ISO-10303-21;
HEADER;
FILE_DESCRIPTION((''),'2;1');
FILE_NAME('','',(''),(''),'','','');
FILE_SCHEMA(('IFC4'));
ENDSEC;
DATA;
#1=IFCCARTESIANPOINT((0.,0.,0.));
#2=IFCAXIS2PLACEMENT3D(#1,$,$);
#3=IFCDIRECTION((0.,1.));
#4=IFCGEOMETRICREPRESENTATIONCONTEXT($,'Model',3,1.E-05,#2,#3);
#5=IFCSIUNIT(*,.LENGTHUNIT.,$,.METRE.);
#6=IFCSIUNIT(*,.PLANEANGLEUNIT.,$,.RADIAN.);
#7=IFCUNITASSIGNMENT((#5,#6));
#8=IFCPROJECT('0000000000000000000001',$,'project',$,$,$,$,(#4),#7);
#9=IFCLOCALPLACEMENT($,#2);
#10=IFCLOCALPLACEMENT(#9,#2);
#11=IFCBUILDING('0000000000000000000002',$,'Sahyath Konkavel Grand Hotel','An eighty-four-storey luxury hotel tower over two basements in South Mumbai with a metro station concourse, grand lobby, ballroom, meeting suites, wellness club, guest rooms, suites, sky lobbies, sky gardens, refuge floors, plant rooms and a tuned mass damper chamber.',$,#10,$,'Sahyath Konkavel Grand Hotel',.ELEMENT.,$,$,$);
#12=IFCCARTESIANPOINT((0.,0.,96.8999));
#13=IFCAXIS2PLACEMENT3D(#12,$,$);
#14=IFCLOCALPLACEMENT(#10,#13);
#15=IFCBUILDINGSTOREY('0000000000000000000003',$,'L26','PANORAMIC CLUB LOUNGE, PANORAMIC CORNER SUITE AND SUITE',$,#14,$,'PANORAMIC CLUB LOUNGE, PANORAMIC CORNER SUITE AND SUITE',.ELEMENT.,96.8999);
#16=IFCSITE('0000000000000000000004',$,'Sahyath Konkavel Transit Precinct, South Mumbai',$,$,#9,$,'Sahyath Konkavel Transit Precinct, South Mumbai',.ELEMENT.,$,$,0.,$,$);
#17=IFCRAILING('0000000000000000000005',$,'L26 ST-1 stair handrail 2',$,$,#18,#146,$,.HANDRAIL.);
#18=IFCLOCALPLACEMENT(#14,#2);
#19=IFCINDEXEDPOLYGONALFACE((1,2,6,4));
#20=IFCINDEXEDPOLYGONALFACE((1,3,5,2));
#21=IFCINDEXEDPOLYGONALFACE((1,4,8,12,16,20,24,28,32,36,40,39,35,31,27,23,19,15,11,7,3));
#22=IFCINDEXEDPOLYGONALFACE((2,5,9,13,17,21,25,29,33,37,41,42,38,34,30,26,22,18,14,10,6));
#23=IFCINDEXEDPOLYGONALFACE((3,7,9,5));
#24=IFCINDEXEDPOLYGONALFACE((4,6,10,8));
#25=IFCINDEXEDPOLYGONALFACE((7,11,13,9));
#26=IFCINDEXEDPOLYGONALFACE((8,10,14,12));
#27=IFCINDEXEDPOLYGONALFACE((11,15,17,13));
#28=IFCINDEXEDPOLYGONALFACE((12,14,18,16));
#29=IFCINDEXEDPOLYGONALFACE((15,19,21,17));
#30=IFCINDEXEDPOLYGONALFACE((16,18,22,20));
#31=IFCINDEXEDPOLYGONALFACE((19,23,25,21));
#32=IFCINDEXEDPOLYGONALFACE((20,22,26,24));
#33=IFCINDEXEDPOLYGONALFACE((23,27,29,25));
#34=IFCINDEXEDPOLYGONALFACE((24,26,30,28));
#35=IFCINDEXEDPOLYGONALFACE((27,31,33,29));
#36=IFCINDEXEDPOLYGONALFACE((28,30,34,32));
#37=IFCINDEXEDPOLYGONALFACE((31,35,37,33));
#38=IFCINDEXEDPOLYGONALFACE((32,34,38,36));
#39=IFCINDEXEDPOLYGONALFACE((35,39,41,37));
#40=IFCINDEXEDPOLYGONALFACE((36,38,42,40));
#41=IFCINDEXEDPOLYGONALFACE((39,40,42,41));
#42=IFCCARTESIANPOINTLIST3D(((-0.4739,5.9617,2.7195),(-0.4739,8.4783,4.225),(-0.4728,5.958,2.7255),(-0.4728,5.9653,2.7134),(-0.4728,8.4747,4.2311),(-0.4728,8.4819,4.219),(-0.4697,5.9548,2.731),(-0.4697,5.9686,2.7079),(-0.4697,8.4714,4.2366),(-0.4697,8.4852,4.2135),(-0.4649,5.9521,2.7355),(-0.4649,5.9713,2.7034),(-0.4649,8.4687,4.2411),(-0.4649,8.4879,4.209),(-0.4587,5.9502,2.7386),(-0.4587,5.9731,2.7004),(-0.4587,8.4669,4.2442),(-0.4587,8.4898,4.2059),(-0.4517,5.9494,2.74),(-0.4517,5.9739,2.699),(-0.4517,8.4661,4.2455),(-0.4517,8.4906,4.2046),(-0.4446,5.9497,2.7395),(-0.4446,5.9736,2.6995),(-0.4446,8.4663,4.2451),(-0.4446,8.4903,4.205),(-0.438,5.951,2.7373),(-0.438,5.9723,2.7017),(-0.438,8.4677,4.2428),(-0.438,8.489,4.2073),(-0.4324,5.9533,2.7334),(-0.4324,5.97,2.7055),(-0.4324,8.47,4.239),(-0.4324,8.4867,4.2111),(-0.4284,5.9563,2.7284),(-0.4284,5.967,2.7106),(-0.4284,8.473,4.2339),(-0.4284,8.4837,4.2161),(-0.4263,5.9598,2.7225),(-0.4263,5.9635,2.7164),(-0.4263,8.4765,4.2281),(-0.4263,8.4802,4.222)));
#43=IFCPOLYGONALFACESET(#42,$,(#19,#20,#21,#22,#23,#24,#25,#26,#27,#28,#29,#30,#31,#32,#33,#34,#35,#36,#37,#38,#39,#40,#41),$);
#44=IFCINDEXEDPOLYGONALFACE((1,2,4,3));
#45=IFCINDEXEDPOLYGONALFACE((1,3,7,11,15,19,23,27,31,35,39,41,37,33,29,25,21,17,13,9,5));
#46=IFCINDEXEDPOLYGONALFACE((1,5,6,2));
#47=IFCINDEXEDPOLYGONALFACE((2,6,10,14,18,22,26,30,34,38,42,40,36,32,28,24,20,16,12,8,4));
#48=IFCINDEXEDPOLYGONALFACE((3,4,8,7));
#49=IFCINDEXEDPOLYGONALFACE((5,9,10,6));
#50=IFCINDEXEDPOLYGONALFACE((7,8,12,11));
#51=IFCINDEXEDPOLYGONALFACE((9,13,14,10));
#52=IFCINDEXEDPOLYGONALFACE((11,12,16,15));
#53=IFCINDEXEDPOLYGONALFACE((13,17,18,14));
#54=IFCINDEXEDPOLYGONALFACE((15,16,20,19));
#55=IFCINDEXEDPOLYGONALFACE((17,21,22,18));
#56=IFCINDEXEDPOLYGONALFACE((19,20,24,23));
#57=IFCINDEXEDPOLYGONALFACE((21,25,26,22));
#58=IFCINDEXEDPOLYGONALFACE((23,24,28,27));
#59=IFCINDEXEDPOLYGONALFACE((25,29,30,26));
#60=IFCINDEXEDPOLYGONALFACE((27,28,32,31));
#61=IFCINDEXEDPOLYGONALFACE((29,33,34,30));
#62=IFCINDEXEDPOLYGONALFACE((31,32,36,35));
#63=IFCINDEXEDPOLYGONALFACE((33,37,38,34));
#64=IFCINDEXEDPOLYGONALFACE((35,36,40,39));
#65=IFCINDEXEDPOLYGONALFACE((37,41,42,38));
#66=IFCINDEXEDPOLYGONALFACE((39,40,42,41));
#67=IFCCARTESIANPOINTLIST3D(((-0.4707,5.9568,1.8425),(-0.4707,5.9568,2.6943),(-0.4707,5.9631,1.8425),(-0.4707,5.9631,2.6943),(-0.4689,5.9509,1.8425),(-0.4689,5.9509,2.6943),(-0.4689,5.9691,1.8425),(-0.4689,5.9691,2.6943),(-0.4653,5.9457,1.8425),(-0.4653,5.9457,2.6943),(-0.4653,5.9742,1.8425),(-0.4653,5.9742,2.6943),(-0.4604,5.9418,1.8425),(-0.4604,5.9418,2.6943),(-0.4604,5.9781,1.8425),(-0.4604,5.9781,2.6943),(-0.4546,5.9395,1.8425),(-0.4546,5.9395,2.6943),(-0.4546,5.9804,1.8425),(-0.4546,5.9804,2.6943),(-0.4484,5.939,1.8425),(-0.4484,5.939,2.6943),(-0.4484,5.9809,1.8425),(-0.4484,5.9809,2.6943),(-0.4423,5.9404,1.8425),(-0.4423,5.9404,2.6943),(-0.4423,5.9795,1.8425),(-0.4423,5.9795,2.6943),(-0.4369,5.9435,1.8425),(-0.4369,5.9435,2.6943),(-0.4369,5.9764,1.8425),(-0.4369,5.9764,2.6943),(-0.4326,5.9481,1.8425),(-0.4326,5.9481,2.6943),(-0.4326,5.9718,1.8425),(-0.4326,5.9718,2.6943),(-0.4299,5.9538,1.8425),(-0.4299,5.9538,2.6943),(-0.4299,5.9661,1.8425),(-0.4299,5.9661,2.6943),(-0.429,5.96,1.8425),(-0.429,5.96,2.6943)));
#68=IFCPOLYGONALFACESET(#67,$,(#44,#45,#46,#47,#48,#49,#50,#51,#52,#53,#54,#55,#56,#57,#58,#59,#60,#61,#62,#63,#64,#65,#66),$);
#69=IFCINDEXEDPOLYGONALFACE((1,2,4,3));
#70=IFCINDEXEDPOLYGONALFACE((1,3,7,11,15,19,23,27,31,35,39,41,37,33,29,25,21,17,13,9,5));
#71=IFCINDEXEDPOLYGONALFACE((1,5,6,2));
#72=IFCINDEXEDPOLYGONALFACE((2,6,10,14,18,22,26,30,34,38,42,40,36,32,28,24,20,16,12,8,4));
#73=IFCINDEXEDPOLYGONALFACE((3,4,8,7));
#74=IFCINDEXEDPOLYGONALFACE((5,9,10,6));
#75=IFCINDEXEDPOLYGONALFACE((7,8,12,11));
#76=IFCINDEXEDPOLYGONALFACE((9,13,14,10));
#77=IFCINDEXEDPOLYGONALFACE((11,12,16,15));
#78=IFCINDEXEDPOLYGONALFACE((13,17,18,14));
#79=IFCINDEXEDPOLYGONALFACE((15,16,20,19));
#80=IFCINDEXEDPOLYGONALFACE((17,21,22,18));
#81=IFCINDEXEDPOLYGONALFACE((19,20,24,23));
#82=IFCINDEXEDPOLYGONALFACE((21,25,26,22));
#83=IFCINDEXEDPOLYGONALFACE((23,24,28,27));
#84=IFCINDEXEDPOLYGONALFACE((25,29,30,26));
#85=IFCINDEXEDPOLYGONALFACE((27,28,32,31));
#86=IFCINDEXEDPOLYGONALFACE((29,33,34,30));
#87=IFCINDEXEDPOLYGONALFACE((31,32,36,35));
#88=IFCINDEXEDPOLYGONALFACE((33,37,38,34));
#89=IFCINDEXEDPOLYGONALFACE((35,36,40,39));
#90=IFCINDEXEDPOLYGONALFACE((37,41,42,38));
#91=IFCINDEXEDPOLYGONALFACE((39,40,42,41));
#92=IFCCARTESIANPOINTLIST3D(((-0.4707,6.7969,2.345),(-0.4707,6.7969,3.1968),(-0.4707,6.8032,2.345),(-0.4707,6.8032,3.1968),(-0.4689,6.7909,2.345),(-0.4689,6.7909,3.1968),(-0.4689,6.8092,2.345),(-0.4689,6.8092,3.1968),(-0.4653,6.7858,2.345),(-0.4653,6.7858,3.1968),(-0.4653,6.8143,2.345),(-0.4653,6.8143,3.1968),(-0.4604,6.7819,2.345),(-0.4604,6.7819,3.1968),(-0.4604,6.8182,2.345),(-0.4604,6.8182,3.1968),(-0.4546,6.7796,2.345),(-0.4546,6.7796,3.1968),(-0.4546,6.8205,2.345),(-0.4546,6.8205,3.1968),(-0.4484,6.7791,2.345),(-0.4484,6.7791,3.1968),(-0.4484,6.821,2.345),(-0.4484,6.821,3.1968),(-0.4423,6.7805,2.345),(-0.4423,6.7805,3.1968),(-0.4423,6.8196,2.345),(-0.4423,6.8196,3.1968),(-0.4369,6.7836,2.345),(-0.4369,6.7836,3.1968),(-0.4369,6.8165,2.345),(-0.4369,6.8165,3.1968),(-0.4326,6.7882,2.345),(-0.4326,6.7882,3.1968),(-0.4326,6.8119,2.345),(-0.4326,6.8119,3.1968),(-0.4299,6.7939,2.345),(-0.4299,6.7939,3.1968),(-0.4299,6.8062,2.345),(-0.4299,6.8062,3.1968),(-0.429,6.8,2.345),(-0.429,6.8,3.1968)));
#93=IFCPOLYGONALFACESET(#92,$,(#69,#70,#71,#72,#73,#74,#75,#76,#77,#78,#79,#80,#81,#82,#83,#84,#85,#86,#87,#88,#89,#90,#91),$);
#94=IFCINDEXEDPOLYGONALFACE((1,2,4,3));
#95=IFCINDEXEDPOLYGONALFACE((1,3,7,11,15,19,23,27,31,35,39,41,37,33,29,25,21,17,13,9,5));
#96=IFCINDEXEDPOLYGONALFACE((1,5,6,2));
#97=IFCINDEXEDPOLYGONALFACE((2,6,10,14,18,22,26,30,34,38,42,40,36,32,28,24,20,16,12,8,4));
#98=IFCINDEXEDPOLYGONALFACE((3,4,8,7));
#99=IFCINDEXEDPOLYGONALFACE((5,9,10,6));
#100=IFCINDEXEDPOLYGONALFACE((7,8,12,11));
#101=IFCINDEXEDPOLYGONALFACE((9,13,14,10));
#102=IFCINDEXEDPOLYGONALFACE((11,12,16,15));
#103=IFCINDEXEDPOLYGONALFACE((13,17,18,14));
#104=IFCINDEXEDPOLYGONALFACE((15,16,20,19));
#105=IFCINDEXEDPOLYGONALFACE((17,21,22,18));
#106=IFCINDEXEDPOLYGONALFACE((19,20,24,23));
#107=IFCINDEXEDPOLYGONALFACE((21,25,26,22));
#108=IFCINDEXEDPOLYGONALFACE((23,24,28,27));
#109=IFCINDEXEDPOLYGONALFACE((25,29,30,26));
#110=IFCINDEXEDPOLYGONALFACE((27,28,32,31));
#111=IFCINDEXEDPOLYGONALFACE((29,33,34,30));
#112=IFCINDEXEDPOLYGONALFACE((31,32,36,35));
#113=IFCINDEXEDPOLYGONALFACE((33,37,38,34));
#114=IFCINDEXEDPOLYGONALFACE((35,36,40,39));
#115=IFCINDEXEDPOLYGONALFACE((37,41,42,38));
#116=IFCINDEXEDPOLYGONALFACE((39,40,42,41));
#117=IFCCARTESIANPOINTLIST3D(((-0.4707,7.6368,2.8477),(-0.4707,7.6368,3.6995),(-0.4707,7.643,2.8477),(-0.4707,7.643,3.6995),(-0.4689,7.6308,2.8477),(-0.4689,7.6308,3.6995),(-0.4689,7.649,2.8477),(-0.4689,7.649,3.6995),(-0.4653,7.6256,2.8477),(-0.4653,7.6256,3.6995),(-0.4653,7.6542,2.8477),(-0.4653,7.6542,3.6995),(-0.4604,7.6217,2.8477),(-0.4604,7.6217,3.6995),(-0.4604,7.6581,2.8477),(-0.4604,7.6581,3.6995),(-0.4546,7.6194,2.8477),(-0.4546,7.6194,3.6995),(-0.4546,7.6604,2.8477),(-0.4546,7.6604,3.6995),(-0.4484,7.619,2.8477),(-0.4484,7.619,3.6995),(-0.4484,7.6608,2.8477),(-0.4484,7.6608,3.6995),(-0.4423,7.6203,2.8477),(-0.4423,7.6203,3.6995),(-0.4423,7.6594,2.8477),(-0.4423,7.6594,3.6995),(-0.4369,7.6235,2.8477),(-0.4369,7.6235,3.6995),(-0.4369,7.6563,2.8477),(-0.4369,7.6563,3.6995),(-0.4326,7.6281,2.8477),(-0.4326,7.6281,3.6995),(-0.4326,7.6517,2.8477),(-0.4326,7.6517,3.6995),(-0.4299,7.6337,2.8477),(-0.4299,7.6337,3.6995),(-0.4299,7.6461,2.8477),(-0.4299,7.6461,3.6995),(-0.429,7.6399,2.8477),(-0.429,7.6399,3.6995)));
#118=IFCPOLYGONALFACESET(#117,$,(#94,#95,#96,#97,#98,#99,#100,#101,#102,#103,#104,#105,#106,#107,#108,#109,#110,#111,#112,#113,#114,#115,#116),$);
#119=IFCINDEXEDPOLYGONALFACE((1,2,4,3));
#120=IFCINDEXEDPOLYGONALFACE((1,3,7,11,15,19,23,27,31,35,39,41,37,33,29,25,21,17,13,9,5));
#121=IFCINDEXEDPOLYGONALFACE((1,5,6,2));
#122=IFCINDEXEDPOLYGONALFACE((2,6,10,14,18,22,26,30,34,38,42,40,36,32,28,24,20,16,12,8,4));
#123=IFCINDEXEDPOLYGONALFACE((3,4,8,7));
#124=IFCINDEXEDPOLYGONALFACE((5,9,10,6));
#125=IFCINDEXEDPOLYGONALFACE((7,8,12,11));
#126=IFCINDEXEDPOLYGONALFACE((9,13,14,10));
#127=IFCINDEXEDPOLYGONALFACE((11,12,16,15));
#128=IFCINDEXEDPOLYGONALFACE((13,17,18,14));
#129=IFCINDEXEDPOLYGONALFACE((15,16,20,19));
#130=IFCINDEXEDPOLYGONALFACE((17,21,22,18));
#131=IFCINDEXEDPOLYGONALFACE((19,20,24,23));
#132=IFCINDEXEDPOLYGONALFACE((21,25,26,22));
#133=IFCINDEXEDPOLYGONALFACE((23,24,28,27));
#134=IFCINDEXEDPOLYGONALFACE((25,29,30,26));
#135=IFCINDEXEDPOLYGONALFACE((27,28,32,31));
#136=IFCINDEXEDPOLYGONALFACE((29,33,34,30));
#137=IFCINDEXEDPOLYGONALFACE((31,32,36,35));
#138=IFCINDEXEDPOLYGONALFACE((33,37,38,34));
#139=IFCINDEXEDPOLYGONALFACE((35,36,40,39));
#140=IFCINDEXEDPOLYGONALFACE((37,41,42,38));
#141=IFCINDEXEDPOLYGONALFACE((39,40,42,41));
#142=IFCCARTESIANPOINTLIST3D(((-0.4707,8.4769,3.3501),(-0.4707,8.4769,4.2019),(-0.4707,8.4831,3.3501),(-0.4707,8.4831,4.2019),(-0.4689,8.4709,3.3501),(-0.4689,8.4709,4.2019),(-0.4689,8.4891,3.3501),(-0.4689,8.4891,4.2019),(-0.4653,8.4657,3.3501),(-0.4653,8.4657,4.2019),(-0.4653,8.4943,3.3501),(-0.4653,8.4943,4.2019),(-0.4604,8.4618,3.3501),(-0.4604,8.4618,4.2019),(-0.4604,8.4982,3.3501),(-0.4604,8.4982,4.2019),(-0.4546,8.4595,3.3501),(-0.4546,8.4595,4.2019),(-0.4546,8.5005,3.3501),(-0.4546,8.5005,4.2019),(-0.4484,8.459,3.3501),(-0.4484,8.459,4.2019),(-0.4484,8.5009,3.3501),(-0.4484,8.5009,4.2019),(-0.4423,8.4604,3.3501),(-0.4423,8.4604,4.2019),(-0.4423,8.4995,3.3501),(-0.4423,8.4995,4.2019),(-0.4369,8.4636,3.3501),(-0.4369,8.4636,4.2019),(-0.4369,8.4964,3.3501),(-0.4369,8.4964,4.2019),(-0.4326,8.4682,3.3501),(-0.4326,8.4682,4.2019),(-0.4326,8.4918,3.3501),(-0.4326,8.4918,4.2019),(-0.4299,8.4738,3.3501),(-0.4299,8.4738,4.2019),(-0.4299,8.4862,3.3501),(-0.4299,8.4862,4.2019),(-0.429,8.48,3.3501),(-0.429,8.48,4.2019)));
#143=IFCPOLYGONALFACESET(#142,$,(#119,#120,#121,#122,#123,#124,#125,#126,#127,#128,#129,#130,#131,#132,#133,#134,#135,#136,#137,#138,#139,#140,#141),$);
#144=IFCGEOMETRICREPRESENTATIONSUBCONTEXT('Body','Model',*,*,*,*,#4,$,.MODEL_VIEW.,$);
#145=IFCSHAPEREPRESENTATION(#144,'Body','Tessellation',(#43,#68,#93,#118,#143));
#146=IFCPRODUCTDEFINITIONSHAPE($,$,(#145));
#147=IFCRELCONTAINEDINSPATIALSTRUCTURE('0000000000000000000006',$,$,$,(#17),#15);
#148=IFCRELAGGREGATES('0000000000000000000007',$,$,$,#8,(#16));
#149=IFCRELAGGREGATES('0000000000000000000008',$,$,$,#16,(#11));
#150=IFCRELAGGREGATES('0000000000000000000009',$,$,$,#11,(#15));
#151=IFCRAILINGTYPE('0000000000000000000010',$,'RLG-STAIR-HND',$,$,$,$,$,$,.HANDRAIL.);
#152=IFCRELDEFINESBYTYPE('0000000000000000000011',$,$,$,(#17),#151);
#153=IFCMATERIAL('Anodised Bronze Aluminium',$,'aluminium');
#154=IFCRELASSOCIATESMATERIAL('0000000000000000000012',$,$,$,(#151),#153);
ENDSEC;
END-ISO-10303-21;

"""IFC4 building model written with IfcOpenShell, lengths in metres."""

from ifc_helpers import new_model, si_unit, direction, frame, origin, origin_2d, place, context, subcontext, project, spatial, circle, extrude, material, type_object, element, save


model = new_model("IFC4")

# Units and contexts
model_context = context("Model", 3, precision=1e-05, world=origin(), true_north=direction((0.0, 1.0)))
body_context = subcontext(model_context, "Body", "Model", "MODEL_VIEW")
ifc_project = project(units=[si_unit("LENGTHUNIT", "METRE"), si_unit("PLANEANGLEUNIT", "RADIAN")], contexts=[model_context])

# Site, building, storey
site_placement = place(None, origin())
site = spatial("IfcSite", under=ifc_project, at=site_placement, Name="Sahyath Konkavel Transit Precinct, South Mumbai", LongName="Sahyath Konkavel Transit Precinct, South Mumbai", CompositionType="ELEMENT", RefElevation=0.0)
building_placement = place(site_placement, origin())
building = spatial("IfcBuilding", under=site, at=building_placement, Name="Sahyath Konkavel Grand Hotel", Description="An eighty-four-storey luxury hotel tower over two basements in South Mumbai with a metro station concourse, grand lobby, ballroom, meeting suites, wellness club, guest rooms, suites, sky lobbies, sky gardens, refuge floors, plant rooms and a tuned mass damper chamber.", LongName="Sahyath Konkavel Grand Hotel", CompositionType="ELEMENT")
storey_placement = place(building_placement, frame((0.0, 0.0, 96.8999)))
storey = spatial("IfcBuildingStorey", under=building, at=storey_placement, Name="L26", Description="PANORAMIC CLUB LOUNGE, PANORAMIC CORNER SUITE AND SUITE", LongName="PANORAMIC CLUB LOUNGE, PANORAMIC CORNER SUITE AND SUITE", CompositionType="ELEMENT", Elevation=96.8999)

# Railing
ifc_material_1 = material(Name="Anodised Bronze Aluminium", Category="aluminium")
railing_type_1 = type_object("IfcRailingType", Name="RLG-STAIR-HND", PredefinedType="HANDRAIL", material=ifc_material_1)
railing_1_placement = place(storey_placement, frame((-0.45, 5.96, 1.8425)))
element("IfcRailing", 1, at=railing_1_placement, inside=storey, type_object=railing_type_1, Name="L26 ST-1 stair handrail 2", PredefinedType="HANDRAIL", context=body_context, shape_type="SweptSolid", body=[
    extrude(circle(Radius=0.0239, at=origin_2d()), frame((0.0, 0.0017, 0.877), z_axis=(0.0, 0.85816, 0.513383), x_axis=(-1.0, 0.0, 0.0)), (0.0, 0.0, 1.0), 2.9326),
    extrude(circle(Radius=0.021, at=origin_2d()), origin(), (0.0, 0.0, 1.0), 0.8518),
    extrude(circle(Radius=0.021, at=origin_2d()), frame((0.0, 0.8401, 0.5024)), (0.0, 0.0, 1.0), 0.8518),
    extrude(circle(Radius=0.021, at=origin_2d()), frame((0.0, 1.6799, 1.0051)), (0.0, 0.0, 1.0), 0.8518),
    extrude(circle(Radius=0.021, at=origin_2d()), frame((0.0, 2.52, 1.5076)), (0.0, 0.0, 1.0), 0.8518),
])

save(model, "model.ifc")
